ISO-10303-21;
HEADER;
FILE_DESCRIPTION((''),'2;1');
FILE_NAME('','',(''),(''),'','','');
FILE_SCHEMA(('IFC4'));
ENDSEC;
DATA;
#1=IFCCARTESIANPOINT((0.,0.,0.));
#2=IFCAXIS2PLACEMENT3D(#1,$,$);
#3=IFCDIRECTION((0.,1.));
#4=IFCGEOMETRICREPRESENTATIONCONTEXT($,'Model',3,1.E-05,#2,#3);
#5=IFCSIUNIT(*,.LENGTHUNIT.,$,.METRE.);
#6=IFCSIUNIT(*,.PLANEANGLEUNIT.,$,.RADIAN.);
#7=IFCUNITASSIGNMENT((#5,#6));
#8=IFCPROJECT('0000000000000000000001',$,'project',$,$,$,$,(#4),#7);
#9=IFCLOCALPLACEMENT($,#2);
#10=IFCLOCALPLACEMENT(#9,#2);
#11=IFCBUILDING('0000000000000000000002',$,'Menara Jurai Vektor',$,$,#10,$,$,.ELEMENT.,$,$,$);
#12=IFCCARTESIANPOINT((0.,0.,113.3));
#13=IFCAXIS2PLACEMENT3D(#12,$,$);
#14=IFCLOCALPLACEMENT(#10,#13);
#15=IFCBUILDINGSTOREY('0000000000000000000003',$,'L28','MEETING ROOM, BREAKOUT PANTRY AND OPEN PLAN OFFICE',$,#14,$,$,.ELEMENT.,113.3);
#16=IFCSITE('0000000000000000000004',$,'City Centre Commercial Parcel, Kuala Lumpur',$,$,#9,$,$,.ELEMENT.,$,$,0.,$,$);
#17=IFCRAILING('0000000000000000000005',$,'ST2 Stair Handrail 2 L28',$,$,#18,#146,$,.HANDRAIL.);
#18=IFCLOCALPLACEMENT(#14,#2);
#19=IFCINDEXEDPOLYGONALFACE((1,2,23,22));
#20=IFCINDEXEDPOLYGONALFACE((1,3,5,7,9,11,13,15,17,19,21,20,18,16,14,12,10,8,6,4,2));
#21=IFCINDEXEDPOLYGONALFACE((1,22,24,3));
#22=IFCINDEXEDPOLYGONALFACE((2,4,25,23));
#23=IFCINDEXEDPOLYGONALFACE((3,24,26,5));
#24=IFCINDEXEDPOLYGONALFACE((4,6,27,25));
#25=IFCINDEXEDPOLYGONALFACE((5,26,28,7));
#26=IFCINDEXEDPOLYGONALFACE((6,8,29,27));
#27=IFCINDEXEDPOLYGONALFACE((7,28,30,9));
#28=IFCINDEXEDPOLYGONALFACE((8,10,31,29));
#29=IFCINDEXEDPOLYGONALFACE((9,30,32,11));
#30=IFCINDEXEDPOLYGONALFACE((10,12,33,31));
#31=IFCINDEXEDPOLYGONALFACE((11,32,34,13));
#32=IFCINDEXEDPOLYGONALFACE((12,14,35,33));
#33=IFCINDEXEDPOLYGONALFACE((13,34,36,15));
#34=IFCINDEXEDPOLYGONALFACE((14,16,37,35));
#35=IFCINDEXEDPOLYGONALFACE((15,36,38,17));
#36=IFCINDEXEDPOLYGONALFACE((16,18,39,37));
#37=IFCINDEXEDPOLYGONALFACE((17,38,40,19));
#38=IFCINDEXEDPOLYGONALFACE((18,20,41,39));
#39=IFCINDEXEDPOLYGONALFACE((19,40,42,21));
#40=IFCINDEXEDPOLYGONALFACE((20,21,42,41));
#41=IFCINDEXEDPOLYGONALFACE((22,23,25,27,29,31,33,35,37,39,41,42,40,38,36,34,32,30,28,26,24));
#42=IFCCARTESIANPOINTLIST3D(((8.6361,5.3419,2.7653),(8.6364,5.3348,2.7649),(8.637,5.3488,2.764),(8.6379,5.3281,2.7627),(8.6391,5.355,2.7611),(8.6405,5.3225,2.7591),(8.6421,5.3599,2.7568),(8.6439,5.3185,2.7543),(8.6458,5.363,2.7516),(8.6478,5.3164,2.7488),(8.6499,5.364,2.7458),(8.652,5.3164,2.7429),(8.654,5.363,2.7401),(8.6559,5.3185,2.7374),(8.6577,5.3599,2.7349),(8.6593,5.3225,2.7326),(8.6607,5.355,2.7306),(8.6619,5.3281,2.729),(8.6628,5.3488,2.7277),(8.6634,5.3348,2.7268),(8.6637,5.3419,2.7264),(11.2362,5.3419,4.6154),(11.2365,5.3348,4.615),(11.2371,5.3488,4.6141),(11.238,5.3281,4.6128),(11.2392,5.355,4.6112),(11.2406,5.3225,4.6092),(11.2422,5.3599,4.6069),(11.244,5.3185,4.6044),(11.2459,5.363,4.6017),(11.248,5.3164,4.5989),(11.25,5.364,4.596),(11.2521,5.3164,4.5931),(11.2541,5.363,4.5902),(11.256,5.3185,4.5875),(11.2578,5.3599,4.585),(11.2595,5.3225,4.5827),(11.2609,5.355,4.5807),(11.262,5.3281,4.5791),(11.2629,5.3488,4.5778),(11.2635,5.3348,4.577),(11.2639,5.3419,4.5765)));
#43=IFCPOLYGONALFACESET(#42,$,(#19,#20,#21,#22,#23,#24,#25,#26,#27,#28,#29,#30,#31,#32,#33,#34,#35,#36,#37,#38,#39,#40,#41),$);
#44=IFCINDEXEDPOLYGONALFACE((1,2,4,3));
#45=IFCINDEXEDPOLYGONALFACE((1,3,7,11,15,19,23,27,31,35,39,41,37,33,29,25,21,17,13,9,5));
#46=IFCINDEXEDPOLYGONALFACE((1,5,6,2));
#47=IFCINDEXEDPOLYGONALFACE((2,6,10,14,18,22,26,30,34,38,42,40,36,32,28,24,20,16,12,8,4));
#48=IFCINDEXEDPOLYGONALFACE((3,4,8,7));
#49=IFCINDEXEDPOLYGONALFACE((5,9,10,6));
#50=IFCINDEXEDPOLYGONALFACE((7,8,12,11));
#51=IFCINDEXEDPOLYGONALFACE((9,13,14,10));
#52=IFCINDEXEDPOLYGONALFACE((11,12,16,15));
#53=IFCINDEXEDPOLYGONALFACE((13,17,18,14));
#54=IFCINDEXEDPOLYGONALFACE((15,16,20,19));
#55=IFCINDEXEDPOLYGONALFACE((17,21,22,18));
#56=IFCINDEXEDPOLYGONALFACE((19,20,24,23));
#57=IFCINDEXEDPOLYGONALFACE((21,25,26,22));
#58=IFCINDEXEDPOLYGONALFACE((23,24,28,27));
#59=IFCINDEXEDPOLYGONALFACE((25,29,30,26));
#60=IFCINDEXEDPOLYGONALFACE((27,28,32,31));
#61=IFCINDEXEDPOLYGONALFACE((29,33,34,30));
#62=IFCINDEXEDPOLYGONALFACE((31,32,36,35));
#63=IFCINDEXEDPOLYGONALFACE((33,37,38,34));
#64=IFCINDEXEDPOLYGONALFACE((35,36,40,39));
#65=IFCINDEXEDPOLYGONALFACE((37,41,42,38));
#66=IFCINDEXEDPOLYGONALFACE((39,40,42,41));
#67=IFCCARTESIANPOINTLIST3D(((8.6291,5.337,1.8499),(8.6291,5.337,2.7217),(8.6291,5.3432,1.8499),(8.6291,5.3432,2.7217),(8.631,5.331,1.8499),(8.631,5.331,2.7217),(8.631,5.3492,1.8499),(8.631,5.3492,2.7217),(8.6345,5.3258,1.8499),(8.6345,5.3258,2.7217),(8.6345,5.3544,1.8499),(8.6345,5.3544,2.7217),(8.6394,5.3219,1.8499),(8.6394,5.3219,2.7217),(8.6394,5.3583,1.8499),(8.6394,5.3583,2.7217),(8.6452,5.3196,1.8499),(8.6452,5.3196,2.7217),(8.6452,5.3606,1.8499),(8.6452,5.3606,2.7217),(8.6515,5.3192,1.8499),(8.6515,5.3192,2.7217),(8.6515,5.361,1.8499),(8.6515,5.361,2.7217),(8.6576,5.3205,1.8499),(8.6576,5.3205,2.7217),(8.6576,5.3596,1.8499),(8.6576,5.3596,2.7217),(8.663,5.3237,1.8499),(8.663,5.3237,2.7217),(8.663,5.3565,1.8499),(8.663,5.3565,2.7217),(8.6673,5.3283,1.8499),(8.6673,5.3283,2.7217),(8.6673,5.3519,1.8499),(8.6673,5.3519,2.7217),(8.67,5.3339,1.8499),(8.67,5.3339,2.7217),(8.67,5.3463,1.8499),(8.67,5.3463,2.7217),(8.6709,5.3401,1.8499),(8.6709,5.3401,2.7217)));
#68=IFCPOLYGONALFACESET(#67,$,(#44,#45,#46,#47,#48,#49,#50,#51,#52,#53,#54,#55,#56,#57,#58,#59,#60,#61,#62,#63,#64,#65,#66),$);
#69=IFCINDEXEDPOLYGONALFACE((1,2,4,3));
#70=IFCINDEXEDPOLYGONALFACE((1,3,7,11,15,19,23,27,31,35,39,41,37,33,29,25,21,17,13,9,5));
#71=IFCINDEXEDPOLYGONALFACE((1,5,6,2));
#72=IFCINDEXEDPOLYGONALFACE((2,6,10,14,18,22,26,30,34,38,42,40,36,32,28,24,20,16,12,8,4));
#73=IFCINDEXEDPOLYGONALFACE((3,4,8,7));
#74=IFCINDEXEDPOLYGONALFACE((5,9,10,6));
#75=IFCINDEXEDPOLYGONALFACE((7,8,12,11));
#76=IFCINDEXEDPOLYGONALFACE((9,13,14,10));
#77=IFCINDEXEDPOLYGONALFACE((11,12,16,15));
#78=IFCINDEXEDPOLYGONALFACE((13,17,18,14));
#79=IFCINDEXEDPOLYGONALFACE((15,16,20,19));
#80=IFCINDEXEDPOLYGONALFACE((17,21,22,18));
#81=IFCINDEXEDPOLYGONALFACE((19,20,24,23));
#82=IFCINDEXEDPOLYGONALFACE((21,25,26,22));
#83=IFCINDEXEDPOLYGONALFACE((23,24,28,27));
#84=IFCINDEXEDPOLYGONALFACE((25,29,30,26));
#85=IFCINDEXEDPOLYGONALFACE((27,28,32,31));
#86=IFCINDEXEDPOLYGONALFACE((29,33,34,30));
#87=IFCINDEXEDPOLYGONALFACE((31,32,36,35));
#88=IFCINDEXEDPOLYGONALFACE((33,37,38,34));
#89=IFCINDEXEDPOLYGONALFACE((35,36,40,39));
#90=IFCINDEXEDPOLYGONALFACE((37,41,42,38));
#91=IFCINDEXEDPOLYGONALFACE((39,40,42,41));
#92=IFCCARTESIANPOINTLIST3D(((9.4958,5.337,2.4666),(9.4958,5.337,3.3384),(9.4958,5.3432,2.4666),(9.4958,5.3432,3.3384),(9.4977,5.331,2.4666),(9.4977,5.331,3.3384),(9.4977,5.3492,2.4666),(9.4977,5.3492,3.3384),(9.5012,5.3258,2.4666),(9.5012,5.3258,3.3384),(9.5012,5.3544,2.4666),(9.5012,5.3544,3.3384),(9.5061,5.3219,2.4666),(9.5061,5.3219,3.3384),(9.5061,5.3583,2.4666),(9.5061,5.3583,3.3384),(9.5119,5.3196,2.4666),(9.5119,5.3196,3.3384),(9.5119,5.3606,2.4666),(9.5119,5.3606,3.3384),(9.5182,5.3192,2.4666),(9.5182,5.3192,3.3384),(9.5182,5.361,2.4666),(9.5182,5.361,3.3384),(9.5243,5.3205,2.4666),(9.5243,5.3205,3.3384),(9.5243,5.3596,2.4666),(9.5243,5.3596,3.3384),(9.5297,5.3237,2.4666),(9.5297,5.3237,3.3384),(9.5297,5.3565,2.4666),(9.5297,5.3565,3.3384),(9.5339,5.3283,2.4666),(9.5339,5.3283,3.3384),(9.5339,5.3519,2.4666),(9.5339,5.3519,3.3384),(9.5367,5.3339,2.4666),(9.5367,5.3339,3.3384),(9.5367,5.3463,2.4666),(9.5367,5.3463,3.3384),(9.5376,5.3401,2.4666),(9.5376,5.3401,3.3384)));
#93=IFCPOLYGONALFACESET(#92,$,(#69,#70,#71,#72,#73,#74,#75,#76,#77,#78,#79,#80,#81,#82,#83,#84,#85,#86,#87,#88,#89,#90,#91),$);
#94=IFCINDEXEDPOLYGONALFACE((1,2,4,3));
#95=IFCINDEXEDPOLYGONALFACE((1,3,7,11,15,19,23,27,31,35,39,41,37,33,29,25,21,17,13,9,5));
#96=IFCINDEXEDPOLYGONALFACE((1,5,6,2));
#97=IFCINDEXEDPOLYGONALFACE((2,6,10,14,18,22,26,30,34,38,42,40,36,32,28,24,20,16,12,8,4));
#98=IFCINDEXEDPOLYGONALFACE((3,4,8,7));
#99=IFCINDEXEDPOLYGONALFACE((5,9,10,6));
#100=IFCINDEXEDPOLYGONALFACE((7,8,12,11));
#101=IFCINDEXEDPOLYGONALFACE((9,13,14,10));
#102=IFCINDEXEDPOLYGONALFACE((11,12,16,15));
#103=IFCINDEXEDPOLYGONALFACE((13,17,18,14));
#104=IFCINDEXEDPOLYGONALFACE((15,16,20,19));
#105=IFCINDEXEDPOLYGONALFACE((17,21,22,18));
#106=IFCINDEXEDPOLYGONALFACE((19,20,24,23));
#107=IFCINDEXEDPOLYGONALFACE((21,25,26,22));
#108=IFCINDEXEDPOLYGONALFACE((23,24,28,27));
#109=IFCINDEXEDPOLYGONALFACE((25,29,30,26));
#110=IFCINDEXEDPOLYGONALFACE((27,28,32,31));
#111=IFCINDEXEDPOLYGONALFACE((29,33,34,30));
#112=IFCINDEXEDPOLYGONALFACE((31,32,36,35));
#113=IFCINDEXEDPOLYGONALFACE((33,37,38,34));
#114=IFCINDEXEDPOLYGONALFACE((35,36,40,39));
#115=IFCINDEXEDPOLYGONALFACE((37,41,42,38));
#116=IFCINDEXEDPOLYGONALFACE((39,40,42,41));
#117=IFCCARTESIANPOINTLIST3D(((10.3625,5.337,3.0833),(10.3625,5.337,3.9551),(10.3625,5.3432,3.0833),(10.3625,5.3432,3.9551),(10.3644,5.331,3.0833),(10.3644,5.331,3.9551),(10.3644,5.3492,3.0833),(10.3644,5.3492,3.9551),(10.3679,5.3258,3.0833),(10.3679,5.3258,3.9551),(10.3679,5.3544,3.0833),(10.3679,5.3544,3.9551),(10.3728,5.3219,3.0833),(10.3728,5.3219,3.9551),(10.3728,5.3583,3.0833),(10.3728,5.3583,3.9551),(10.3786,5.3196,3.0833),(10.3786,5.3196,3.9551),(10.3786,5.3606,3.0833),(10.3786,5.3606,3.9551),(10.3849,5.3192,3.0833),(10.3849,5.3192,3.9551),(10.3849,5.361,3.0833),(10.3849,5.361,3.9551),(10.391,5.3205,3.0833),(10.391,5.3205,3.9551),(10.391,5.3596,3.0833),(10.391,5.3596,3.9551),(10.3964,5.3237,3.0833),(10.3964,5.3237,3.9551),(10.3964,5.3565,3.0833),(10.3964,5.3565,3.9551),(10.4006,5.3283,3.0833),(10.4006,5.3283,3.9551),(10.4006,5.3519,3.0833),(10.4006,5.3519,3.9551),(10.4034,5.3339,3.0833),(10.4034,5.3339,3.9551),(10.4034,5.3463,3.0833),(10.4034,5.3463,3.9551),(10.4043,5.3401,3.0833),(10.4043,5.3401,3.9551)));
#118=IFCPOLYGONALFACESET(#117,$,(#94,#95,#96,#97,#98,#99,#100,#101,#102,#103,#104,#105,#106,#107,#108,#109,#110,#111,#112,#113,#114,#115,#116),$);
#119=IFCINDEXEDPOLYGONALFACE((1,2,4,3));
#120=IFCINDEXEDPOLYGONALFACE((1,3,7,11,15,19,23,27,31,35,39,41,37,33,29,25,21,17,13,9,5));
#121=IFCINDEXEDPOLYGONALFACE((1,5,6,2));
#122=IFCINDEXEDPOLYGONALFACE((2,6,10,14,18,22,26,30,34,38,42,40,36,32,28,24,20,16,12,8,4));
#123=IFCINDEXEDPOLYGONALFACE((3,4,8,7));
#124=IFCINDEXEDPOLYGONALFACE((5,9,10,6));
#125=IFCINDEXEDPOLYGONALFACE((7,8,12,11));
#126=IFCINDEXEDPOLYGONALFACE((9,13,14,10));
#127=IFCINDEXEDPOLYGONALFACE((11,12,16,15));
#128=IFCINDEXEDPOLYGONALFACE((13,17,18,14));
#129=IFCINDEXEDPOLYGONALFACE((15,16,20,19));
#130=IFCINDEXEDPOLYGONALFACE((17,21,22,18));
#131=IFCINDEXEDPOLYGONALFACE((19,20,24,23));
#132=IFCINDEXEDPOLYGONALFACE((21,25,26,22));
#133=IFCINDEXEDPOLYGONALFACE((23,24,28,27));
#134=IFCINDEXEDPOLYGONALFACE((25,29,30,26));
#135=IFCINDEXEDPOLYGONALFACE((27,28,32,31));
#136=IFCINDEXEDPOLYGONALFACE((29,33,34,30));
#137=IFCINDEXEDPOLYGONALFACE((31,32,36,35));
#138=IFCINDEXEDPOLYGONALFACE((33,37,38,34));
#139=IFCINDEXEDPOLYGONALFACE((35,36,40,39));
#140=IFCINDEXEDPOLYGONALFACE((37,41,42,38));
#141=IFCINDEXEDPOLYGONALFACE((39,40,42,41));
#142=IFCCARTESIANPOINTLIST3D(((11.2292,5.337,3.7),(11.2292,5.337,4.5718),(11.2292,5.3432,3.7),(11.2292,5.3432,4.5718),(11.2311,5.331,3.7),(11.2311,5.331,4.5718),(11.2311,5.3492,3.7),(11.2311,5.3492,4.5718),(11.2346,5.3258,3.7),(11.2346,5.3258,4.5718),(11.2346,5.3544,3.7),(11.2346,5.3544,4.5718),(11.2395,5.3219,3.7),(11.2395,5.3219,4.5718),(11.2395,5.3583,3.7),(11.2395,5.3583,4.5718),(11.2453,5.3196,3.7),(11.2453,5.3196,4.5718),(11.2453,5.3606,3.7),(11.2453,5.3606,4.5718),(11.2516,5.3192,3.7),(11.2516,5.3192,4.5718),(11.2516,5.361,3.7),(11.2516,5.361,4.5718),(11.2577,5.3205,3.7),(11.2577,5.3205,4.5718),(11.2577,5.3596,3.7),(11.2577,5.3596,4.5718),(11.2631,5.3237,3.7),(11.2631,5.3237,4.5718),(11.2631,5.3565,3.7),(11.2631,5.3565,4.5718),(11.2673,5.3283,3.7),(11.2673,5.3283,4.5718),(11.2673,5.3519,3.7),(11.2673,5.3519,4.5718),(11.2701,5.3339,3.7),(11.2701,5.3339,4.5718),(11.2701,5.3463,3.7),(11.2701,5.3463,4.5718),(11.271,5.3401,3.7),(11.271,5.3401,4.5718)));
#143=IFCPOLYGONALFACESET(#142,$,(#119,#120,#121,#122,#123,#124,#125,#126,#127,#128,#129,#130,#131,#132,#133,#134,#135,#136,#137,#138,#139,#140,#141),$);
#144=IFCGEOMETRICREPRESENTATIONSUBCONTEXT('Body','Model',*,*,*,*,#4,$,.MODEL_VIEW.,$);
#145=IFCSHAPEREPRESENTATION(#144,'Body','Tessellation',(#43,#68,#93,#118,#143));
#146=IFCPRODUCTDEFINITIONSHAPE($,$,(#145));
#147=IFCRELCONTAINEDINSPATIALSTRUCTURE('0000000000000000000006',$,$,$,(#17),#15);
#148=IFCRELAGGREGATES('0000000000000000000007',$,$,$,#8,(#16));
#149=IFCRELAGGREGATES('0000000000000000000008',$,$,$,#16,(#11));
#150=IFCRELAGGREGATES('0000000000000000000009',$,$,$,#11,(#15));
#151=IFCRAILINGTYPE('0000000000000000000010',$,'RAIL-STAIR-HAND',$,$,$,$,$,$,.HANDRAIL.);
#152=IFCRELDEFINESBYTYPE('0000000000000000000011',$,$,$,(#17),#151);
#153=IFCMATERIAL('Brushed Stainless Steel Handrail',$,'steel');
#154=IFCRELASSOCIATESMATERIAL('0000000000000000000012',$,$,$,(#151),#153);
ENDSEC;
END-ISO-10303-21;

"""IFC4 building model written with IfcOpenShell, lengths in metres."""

from ifc_helpers import new_model, si_unit, direction, frame, origin, origin_2d, place, context, subcontext, project, spatial, circle, extrude, material, type_object, element, save


model = new_model("IFC4")

# Units and contexts
model_context = context("Model", 3, precision=1e-05, world=origin(), true_north=direction((0.0, 1.0)))
body_context = subcontext(model_context, "Body", "Model", "MODEL_VIEW")
ifc_project = project(units=[si_unit("LENGTHUNIT", "METRE"), si_unit("PLANEANGLEUNIT", "RADIAN")], contexts=[model_context])

# Site, building, storey
site_placement = place(None, origin())
site = spatial("IfcSite", under=ifc_project, at=site_placement, Name="City Centre Commercial Parcel, Kuala Lumpur", CompositionType="ELEMENT", RefElevation=0.0)
building_placement = place(site_placement, origin())
building = spatial("IfcBuilding", under=site, at=building_placement, Name="Menara Jurai Vektor", CompositionType="ELEMENT")
storey_placement = place(building_placement, frame((0.0, 0.0, 113.3)))
storey = spatial("IfcBuildingStorey", under=building, at=storey_placement, Name="L28", Description="MEETING ROOM, BREAKOUT PANTRY AND OPEN PLAN OFFICE", CompositionType="ELEMENT", Elevation=113.3)

# Railing
ifc_material_1 = material(Name="Brushed Stainless Steel Handrail", Category="steel")
railing_type_1 = type_object("IfcRailingType", Name="RAIL-STAIR-HAND", PredefinedType="HANDRAIL", material=ifc_material_1)
railing_1_placement = place(storey_placement, frame((8.6499, 5.3401, 1.8499)))
element("IfcRailing", 1, at=railing_1_placement, inside=storey, type_object=railing_type_1, Name="ST2 Stair Handrail 2 L28", PredefinedType="HANDRAIL", context=body_context, shape_type="SweptSolid", body=[
    extrude(circle(Radius=0.0239, at=origin_2d()), frame((0.0, 0.0, 0.896), z_axis=(0.814787, 0.0, 0.579761), x_axis=(0.0, 1.0, 0.0)), (0.0, 0.0, 1.0), 3.1912),
    extrude(circle(Radius=0.021, at=origin_2d()), origin(), (0.0, 0.0, 1.0), 0.8718),
    extrude(circle(Radius=0.021, at=origin_2d()), frame((0.8667, 0.0, 0.6167)), (0.0, 0.0, 1.0), 0.8718),
    extrude(circle(Radius=0.021, at=origin_2d()), frame((1.7334, 0.0, 1.2334)), (0.0, 0.0, 1.0), 0.8718),
    extrude(circle(Radius=0.021, at=origin_2d()), frame((2.6001, 0.0, 1.8501)), (0.0, 0.0, 1.0), 0.8718),
])

save(model, "model.ifc")
